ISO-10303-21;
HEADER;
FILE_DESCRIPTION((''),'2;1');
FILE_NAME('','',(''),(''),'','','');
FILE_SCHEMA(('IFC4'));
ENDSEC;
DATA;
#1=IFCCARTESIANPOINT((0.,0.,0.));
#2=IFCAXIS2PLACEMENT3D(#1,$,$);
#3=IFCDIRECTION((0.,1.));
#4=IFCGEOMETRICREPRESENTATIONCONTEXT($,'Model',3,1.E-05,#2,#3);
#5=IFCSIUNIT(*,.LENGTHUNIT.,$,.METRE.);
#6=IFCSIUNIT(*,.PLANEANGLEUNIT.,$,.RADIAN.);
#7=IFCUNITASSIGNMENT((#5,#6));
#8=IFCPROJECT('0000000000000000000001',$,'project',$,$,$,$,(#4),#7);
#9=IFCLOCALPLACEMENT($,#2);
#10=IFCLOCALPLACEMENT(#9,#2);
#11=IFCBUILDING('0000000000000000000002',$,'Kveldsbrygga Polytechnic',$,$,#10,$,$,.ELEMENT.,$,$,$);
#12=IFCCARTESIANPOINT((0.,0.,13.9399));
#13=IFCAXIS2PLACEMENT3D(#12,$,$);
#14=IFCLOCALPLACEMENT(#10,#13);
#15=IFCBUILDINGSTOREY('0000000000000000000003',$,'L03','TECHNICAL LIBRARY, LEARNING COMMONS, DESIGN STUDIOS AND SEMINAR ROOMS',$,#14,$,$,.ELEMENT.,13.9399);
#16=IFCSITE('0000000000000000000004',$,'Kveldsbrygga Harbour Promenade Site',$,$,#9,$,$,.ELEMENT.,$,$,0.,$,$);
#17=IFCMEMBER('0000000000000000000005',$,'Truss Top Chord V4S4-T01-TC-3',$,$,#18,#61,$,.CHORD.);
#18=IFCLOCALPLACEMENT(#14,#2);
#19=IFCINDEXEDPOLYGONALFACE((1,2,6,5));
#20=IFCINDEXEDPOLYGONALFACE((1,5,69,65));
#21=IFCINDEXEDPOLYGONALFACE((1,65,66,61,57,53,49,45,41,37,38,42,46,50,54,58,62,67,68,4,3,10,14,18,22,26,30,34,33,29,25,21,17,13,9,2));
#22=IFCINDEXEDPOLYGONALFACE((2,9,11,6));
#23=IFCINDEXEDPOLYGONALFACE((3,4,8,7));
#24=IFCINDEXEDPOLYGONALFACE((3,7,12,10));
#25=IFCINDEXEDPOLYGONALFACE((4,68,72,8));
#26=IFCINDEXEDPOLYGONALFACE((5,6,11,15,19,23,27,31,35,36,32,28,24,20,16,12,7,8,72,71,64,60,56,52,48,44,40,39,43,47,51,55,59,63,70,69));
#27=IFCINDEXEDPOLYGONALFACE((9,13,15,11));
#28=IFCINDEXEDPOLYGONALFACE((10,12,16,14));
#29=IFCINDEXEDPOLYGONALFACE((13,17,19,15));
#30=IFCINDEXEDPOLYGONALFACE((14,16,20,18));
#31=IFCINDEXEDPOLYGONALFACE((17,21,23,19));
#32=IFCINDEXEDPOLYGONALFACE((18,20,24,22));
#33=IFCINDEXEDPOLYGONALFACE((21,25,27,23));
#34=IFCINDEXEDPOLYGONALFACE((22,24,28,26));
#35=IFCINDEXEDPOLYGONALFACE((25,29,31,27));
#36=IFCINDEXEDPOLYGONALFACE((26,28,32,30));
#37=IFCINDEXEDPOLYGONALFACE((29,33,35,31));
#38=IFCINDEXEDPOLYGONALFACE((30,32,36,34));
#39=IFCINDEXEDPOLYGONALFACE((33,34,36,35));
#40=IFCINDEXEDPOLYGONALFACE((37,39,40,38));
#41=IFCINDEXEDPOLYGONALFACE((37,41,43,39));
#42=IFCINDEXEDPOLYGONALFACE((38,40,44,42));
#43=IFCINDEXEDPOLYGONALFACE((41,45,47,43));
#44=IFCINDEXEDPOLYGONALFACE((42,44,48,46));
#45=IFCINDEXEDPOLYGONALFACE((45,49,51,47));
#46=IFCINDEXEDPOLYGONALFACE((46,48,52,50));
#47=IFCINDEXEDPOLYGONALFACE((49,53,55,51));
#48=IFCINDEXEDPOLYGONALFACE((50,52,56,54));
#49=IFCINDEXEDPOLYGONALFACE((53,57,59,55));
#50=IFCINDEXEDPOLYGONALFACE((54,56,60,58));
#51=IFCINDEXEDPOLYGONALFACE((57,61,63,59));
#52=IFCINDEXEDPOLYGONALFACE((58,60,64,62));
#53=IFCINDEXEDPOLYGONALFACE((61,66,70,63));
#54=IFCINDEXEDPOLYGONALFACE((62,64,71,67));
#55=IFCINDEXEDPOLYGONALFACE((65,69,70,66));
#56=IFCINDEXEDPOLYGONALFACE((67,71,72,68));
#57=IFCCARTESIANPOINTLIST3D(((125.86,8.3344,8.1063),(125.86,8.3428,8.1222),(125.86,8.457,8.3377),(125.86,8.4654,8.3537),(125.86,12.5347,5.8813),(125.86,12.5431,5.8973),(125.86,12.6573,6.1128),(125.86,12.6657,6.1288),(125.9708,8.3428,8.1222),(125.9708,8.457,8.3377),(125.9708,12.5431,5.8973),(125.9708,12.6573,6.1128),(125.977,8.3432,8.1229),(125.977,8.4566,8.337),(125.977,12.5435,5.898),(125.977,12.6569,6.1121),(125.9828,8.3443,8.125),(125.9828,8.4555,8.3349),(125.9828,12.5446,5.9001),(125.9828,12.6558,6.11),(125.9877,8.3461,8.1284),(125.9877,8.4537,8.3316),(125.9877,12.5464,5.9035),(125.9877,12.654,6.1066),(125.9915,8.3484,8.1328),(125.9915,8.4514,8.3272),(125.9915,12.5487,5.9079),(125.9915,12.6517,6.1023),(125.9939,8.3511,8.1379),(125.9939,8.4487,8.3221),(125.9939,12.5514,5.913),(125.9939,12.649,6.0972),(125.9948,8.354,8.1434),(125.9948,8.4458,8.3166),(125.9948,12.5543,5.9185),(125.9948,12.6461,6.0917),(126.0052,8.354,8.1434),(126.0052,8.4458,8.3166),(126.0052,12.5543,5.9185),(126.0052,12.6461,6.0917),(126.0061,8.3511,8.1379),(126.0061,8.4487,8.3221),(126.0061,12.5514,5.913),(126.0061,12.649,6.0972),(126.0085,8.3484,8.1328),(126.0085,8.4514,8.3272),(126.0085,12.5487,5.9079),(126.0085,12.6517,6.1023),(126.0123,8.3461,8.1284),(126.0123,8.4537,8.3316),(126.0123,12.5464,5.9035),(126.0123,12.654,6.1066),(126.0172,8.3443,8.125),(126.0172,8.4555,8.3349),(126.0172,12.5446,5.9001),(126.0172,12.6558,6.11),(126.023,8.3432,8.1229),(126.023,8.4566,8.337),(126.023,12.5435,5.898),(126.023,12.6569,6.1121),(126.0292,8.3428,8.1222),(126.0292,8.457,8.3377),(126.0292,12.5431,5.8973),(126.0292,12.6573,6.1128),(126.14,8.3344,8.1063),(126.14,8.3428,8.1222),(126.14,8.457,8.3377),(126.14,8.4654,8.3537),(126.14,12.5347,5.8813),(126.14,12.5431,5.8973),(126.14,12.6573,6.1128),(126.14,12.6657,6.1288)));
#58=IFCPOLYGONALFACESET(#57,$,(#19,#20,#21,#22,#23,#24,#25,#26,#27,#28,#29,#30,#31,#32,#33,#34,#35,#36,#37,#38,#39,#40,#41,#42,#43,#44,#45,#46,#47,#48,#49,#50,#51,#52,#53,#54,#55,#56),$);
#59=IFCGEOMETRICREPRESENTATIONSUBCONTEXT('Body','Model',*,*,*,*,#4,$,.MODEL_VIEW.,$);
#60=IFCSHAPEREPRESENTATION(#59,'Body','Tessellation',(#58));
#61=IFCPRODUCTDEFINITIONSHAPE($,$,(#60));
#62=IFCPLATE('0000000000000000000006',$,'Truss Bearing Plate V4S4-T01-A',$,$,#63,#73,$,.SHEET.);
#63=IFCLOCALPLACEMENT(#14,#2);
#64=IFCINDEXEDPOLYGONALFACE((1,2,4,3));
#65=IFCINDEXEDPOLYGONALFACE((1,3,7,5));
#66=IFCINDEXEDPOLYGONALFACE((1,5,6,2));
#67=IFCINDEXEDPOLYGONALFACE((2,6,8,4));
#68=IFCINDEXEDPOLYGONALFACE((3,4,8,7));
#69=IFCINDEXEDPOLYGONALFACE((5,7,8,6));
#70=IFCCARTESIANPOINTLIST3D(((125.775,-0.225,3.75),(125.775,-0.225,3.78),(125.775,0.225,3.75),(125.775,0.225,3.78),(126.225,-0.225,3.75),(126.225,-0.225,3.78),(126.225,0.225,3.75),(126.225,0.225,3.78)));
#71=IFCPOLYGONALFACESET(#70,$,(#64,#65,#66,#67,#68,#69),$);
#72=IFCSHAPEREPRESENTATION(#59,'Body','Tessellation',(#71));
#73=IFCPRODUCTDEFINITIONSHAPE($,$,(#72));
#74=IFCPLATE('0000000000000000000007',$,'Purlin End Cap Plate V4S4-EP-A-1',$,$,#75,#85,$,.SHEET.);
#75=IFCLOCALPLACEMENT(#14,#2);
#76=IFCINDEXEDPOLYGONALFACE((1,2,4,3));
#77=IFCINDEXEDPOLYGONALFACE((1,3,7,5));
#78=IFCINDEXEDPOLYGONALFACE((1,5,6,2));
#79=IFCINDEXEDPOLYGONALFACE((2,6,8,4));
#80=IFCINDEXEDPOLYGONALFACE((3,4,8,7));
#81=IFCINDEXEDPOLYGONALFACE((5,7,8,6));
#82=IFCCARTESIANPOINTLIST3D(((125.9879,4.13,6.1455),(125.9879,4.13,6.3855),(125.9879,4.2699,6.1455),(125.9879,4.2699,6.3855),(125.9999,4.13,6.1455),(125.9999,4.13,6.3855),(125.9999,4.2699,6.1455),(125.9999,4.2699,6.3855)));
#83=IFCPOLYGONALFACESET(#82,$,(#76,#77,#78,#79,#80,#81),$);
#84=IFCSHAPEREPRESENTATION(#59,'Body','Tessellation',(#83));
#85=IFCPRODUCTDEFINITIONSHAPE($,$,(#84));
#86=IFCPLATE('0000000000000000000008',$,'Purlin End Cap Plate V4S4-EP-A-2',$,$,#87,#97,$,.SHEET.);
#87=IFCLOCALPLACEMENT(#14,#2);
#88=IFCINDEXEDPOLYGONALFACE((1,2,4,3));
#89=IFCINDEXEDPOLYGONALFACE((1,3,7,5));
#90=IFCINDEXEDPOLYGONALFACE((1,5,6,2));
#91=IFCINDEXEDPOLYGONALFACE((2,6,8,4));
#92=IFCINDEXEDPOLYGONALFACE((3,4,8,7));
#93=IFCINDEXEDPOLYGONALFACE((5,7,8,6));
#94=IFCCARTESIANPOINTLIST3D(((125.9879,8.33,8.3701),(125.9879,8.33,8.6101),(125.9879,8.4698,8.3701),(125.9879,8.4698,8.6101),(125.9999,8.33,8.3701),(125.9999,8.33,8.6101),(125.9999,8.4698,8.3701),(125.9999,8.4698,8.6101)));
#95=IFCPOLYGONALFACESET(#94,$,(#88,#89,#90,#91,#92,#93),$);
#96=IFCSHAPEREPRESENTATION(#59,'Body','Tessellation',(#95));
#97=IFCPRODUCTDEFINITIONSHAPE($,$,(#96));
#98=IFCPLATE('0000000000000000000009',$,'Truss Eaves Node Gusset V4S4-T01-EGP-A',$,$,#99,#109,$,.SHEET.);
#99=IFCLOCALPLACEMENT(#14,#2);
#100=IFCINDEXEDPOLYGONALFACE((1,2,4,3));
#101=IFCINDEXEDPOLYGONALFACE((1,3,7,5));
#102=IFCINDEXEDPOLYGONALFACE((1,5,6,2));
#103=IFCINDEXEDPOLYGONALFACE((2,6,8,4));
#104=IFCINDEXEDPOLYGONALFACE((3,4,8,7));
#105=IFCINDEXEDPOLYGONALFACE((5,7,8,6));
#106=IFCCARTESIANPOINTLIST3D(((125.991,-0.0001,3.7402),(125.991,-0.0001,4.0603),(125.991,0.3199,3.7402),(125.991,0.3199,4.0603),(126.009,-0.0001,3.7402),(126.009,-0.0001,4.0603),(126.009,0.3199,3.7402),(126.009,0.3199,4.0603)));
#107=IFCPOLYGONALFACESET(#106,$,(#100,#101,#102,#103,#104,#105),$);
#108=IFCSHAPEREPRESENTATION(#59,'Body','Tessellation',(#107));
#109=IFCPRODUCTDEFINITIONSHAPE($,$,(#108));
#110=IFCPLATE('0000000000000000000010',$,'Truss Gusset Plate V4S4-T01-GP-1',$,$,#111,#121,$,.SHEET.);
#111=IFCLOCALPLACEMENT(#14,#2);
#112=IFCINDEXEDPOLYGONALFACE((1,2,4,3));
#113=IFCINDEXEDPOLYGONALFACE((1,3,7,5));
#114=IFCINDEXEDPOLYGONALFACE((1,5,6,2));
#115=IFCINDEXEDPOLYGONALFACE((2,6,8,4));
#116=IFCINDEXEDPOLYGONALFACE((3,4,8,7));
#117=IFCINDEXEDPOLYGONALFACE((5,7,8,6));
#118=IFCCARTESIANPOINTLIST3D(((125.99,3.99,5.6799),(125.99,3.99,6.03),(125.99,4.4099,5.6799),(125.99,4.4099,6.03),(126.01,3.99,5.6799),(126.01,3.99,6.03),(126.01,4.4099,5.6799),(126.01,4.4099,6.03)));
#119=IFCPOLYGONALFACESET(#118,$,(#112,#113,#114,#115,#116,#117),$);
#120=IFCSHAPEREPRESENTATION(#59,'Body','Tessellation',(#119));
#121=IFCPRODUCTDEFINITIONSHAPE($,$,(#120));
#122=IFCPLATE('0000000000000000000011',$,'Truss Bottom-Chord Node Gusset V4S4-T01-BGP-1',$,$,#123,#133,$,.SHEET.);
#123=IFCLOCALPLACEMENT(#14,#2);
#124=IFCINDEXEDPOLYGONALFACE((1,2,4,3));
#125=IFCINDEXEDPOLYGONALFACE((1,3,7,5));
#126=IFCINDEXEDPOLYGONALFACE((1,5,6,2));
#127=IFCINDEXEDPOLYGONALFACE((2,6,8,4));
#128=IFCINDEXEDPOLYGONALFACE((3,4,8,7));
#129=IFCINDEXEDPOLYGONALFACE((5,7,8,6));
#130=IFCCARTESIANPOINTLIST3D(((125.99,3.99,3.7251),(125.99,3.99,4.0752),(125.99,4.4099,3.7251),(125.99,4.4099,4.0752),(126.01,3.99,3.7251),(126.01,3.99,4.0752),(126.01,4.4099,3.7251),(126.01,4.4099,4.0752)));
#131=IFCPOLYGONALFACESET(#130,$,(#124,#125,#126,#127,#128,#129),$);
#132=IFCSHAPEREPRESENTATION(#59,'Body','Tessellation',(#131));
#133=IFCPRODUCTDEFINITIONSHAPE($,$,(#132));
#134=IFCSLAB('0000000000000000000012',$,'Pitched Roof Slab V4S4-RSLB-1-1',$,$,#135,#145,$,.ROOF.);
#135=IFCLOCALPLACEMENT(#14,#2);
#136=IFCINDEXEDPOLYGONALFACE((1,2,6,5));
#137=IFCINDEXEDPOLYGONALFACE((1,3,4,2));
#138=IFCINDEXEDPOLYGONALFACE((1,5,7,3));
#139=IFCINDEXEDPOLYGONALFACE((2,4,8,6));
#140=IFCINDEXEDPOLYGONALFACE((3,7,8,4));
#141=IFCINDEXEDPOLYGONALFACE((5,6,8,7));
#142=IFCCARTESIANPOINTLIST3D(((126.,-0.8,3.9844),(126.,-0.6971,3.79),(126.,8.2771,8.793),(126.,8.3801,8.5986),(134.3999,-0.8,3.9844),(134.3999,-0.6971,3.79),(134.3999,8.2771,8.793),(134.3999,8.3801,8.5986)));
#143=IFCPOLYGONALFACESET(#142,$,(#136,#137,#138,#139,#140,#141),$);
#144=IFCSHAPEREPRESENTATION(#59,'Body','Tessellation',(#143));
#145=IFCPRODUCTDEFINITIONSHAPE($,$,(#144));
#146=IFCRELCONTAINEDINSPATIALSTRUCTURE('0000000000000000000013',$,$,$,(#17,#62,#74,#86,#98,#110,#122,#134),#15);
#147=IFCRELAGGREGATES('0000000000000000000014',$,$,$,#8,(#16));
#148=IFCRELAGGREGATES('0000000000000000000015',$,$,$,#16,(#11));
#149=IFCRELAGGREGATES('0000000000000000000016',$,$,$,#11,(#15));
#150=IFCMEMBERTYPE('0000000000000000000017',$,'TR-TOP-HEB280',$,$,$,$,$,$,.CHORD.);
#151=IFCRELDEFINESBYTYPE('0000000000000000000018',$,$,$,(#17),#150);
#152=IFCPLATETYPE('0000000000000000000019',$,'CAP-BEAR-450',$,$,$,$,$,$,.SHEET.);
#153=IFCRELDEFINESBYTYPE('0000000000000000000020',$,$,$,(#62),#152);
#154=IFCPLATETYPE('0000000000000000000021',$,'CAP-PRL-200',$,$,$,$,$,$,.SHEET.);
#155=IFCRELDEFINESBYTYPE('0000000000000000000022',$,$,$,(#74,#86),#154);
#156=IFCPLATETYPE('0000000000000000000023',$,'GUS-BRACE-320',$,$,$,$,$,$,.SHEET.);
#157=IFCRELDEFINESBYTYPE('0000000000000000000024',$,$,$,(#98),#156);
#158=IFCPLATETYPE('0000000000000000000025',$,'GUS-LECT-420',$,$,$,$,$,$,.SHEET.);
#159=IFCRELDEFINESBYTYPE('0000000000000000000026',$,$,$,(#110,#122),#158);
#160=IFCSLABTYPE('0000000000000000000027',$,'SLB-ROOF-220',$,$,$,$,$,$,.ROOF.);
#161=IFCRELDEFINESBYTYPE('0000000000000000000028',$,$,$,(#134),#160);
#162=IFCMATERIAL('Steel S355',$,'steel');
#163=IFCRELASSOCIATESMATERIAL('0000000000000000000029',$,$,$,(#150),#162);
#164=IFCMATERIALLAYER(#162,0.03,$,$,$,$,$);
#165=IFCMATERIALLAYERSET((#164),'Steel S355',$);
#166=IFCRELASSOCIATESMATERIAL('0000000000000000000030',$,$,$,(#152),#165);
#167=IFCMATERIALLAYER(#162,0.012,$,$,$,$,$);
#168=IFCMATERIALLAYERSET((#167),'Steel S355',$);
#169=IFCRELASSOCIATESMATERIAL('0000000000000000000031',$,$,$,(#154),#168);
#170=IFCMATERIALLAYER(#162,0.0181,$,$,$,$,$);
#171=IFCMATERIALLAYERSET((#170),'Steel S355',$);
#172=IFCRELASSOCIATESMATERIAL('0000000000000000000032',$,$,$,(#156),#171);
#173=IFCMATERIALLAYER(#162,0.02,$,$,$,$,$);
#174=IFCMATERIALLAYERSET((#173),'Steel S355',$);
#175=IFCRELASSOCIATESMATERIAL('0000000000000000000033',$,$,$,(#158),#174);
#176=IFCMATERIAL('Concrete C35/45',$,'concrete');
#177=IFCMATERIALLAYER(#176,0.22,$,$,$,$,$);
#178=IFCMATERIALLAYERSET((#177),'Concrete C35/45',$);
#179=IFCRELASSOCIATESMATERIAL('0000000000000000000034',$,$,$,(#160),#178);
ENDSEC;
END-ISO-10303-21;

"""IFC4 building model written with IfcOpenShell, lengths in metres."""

from ifc_helpers import new_model, si_unit, direction, frame, origin, origin_2d, place, context, subcontext, project, spatial, polyline, rectangle, i_section, outline, extrude, material, layer, layer_set, material_profile, profile_set, type_object, element, save


model = new_model("IFC4")

# Units and contexts
model_context = context("Model", 3, precision=1e-05, world=origin(), true_north=direction((0.0, 1.0)))
body_context = subcontext(model_context, "Body", "Model", "MODEL_VIEW")
ifc_project = project(units=[si_unit("LENGTHUNIT", "METRE"), si_unit("PLANEANGLEUNIT", "RADIAN")], contexts=[model_context])

# Site, building, storey
site_placement = place(None, origin())
site = spatial("IfcSite", under=ifc_project, at=site_placement, Name="Kveldsbrygga Harbour Promenade Site", CompositionType="ELEMENT", RefElevation=0.0)
building_placement = place(site_placement, origin())
building = spatial("IfcBuilding", under=site, at=building_placement, Name="Kveldsbrygga Polytechnic", CompositionType="ELEMENT")
storey_placement = place(building_placement, frame((0.0, 0.0, 13.9399)))
storey = spatial("IfcBuildingStorey", under=building, at=storey_placement, Name="L03", Description="TECHNICAL LIBRARY, LEARNING COMMONS, DESIGN STUDIOS AND SEMINAR ROOMS", CompositionType="ELEMENT", Elevation=13.9399)

# Member
ifc_material_1 = material(Name="Steel S355", Category="steel")
ifc_material_profile_1 = material_profile(ifc_material_1, i_section(OverallWidth=0.28, OverallDepth=0.28, WebThickness=0.0105, FlangeThickness=0.0181, FilletRadius=0.0239, at=origin_2d()), Name="HEB 280")
ifc_profile_set_1 = profile_set([ifc_material_profile_1], Name="Steel S355")
member_type_1 = type_object("IfcMemberType", Name="TR-TOP-HEB280", PredefinedType="CHORD", material=ifc_profile_set_1)
member_1_placement = place(storey_placement, frame((126.0, 8.3999, 8.23), z_axis=(0.0, 0.883682, -0.468088), x_axis=(-1.0, 0.0, 0.0)))
element("IfcMember", 1, at=member_1_placement, inside=storey, type_object=member_type_1, Name="Truss Top Chord V4S4-T01-TC-3", PredefinedType="CHORD", context=body_context, shape_type="SweptSolid", body=[
    extrude(i_section(OverallWidth=0.28, OverallDepth=0.28, WebThickness=0.0105, FlangeThickness=0.0181, FilletRadius=0.0239, at=origin_2d()), origin(), (0.0, 0.0, 1.0), 4.7532),
])

# Plates
ifc_layer_1 = layer(ifc_material_1, 0.03)
ifc_layer_set_1 = layer_set([ifc_layer_1], Name="Steel S355")
plate_type_1 = type_object("IfcPlateType", Name="CAP-BEAR-450", PredefinedType="SHEET", material=ifc_layer_set_1)
plate_1_placement = place(storey_placement, frame((126.0, 0.0, 3.75), z_axis=(0.0, 0.0, 1.0), x_axis=(1.0, 0.0, 0.0)))
element("IfcPlate", 2, at=plate_1_placement, inside=storey, type_object=plate_type_1, Name="Truss Bearing Plate V4S4-T01-A", PredefinedType="SHEET", context=body_context, shape_type="SweptSolid", body=[
    extrude(rectangle(XDim=0.45, YDim=0.45, at=origin_2d()), origin(), (0.0, 0.0, 1.0), 0.03),
])
ifc_layer_2 = layer(ifc_material_1, 0.012)
ifc_layer_set_2 = layer_set([ifc_layer_2], Name="Steel S355")
plate_type_2 = type_object("IfcPlateType", Name="CAP-PRL-200", PredefinedType="SHEET", material=ifc_layer_set_2)
for number, where, z_axis, x_axis, name in (
    (3, (125.9939, 4.2, 6.1455), (0.0, 0.0, 1.0), (1.0, 0.0, 0.0), "Purlin End Cap Plate V4S4-EP-A-1"),
    (4, (125.9939, 8.3999, 8.3701), (0.0, 0.0, 1.0), (1.0, 0.0, 0.0), "Purlin End Cap Plate V4S4-EP-A-2"),
):
    element("IfcPlate", number, at=place(storey_placement, frame(where, z_axis=z_axis, x_axis=x_axis)), inside=storey, type_object=plate_type_2, Name=name, PredefinedType="SHEET", context=body_context, shape_type="SweptSolid", body=[
        extrude(rectangle(XDim=0.012, YDim=0.1399, at=origin_2d()), origin(), (0.0, 0.0, 1.0), 0.24),
    ])
ifc_layer_3 = layer(ifc_material_1, 0.0181)
ifc_layer_set_3 = layer_set([ifc_layer_3], Name="Steel S355")
plate_type_3 = type_object("IfcPlateType", Name="GUS-BRACE-320", PredefinedType="SHEET", material=ifc_layer_set_3)
plate_2_placement = place(storey_placement, frame((126.0, 0.1599, 3.7402), z_axis=(0.0, 0.0, 1.0), x_axis=(1.0, 0.0, 0.0)))
element("IfcPlate", 5, at=plate_2_placement, inside=storey, type_object=plate_type_3, Name="Truss Eaves Node Gusset V4S4-T01-EGP-A", PredefinedType="SHEET", context=body_context, shape_type="SweptSolid", body=[
    extrude(rectangle(XDim=0.0181, YDim=0.3201, at=origin_2d()), origin(), (0.0, 0.0, 1.0), 0.3201),
])
ifc_layer_4 = layer(ifc_material_1, 0.02)
ifc_layer_set_4 = layer_set([ifc_layer_4], Name="Steel S355")
plate_type_4 = type_object("IfcPlateType", Name="GUS-LECT-420", PredefinedType="SHEET", material=ifc_layer_set_4)
for number, where, z_axis, x_axis, name in (
    (6, (126.0, 4.2, 5.6799), (0.0, 0.0, 1.0), (1.0, 0.0, 0.0), "Truss Gusset Plate V4S4-T01-GP-1"),
    (7, (126.0, 4.2, 3.7251), (0.0, 0.0, 1.0), (1.0, 0.0, 0.0), "Truss Bottom-Chord Node Gusset V4S4-T01-BGP-1"),
):
    element("IfcPlate", number, at=place(storey_placement, frame(where, z_axis=z_axis, x_axis=x_axis)), inside=storey, type_object=plate_type_4, Name=name, PredefinedType="SHEET", context=body_context, shape_type="SweptSolid", body=[
        extrude(rectangle(XDim=0.02, YDim=0.4199, at=origin_2d()), origin(), (0.0, 0.0, 1.0), 0.3501),
    ])

# Slab
ifc_material_2 = material(Name="Concrete C35/45", Category="concrete")
ifc_layer_5 = layer(ifc_material_2, 0.22)
ifc_layer_set_5 = layer_set([ifc_layer_5], Name="Concrete C35/45")
slab_type = type_object("IfcSlabType", Name="SLB-ROOF-220", PredefinedType="ROOF", material=ifc_layer_set_5)
slab_placement = place(storey_placement, frame((126.0, -0.8, 3.9844), z_axis=(0.0, -0.468119, 0.883665), x_axis=(1.0, 0.0, 0.0)))
element("IfcSlab", 8, at=slab_placement, inside=storey, type_object=slab_type, Name="Pitched Roof Slab V4S4-RSLB-1-1", PredefinedType="ROOF", context=body_context, shape_type="SweptSolid", body=[
    extrude(outline(polyline([(0.0, 0.0), (8.3999, 0.0), (8.3999, 10.2722), (0.0, 10.2722), (0.0, 0.0)])), origin(), (0.0, 0.0, -1.0), 0.22),
])

save(model, "model.ifc")
